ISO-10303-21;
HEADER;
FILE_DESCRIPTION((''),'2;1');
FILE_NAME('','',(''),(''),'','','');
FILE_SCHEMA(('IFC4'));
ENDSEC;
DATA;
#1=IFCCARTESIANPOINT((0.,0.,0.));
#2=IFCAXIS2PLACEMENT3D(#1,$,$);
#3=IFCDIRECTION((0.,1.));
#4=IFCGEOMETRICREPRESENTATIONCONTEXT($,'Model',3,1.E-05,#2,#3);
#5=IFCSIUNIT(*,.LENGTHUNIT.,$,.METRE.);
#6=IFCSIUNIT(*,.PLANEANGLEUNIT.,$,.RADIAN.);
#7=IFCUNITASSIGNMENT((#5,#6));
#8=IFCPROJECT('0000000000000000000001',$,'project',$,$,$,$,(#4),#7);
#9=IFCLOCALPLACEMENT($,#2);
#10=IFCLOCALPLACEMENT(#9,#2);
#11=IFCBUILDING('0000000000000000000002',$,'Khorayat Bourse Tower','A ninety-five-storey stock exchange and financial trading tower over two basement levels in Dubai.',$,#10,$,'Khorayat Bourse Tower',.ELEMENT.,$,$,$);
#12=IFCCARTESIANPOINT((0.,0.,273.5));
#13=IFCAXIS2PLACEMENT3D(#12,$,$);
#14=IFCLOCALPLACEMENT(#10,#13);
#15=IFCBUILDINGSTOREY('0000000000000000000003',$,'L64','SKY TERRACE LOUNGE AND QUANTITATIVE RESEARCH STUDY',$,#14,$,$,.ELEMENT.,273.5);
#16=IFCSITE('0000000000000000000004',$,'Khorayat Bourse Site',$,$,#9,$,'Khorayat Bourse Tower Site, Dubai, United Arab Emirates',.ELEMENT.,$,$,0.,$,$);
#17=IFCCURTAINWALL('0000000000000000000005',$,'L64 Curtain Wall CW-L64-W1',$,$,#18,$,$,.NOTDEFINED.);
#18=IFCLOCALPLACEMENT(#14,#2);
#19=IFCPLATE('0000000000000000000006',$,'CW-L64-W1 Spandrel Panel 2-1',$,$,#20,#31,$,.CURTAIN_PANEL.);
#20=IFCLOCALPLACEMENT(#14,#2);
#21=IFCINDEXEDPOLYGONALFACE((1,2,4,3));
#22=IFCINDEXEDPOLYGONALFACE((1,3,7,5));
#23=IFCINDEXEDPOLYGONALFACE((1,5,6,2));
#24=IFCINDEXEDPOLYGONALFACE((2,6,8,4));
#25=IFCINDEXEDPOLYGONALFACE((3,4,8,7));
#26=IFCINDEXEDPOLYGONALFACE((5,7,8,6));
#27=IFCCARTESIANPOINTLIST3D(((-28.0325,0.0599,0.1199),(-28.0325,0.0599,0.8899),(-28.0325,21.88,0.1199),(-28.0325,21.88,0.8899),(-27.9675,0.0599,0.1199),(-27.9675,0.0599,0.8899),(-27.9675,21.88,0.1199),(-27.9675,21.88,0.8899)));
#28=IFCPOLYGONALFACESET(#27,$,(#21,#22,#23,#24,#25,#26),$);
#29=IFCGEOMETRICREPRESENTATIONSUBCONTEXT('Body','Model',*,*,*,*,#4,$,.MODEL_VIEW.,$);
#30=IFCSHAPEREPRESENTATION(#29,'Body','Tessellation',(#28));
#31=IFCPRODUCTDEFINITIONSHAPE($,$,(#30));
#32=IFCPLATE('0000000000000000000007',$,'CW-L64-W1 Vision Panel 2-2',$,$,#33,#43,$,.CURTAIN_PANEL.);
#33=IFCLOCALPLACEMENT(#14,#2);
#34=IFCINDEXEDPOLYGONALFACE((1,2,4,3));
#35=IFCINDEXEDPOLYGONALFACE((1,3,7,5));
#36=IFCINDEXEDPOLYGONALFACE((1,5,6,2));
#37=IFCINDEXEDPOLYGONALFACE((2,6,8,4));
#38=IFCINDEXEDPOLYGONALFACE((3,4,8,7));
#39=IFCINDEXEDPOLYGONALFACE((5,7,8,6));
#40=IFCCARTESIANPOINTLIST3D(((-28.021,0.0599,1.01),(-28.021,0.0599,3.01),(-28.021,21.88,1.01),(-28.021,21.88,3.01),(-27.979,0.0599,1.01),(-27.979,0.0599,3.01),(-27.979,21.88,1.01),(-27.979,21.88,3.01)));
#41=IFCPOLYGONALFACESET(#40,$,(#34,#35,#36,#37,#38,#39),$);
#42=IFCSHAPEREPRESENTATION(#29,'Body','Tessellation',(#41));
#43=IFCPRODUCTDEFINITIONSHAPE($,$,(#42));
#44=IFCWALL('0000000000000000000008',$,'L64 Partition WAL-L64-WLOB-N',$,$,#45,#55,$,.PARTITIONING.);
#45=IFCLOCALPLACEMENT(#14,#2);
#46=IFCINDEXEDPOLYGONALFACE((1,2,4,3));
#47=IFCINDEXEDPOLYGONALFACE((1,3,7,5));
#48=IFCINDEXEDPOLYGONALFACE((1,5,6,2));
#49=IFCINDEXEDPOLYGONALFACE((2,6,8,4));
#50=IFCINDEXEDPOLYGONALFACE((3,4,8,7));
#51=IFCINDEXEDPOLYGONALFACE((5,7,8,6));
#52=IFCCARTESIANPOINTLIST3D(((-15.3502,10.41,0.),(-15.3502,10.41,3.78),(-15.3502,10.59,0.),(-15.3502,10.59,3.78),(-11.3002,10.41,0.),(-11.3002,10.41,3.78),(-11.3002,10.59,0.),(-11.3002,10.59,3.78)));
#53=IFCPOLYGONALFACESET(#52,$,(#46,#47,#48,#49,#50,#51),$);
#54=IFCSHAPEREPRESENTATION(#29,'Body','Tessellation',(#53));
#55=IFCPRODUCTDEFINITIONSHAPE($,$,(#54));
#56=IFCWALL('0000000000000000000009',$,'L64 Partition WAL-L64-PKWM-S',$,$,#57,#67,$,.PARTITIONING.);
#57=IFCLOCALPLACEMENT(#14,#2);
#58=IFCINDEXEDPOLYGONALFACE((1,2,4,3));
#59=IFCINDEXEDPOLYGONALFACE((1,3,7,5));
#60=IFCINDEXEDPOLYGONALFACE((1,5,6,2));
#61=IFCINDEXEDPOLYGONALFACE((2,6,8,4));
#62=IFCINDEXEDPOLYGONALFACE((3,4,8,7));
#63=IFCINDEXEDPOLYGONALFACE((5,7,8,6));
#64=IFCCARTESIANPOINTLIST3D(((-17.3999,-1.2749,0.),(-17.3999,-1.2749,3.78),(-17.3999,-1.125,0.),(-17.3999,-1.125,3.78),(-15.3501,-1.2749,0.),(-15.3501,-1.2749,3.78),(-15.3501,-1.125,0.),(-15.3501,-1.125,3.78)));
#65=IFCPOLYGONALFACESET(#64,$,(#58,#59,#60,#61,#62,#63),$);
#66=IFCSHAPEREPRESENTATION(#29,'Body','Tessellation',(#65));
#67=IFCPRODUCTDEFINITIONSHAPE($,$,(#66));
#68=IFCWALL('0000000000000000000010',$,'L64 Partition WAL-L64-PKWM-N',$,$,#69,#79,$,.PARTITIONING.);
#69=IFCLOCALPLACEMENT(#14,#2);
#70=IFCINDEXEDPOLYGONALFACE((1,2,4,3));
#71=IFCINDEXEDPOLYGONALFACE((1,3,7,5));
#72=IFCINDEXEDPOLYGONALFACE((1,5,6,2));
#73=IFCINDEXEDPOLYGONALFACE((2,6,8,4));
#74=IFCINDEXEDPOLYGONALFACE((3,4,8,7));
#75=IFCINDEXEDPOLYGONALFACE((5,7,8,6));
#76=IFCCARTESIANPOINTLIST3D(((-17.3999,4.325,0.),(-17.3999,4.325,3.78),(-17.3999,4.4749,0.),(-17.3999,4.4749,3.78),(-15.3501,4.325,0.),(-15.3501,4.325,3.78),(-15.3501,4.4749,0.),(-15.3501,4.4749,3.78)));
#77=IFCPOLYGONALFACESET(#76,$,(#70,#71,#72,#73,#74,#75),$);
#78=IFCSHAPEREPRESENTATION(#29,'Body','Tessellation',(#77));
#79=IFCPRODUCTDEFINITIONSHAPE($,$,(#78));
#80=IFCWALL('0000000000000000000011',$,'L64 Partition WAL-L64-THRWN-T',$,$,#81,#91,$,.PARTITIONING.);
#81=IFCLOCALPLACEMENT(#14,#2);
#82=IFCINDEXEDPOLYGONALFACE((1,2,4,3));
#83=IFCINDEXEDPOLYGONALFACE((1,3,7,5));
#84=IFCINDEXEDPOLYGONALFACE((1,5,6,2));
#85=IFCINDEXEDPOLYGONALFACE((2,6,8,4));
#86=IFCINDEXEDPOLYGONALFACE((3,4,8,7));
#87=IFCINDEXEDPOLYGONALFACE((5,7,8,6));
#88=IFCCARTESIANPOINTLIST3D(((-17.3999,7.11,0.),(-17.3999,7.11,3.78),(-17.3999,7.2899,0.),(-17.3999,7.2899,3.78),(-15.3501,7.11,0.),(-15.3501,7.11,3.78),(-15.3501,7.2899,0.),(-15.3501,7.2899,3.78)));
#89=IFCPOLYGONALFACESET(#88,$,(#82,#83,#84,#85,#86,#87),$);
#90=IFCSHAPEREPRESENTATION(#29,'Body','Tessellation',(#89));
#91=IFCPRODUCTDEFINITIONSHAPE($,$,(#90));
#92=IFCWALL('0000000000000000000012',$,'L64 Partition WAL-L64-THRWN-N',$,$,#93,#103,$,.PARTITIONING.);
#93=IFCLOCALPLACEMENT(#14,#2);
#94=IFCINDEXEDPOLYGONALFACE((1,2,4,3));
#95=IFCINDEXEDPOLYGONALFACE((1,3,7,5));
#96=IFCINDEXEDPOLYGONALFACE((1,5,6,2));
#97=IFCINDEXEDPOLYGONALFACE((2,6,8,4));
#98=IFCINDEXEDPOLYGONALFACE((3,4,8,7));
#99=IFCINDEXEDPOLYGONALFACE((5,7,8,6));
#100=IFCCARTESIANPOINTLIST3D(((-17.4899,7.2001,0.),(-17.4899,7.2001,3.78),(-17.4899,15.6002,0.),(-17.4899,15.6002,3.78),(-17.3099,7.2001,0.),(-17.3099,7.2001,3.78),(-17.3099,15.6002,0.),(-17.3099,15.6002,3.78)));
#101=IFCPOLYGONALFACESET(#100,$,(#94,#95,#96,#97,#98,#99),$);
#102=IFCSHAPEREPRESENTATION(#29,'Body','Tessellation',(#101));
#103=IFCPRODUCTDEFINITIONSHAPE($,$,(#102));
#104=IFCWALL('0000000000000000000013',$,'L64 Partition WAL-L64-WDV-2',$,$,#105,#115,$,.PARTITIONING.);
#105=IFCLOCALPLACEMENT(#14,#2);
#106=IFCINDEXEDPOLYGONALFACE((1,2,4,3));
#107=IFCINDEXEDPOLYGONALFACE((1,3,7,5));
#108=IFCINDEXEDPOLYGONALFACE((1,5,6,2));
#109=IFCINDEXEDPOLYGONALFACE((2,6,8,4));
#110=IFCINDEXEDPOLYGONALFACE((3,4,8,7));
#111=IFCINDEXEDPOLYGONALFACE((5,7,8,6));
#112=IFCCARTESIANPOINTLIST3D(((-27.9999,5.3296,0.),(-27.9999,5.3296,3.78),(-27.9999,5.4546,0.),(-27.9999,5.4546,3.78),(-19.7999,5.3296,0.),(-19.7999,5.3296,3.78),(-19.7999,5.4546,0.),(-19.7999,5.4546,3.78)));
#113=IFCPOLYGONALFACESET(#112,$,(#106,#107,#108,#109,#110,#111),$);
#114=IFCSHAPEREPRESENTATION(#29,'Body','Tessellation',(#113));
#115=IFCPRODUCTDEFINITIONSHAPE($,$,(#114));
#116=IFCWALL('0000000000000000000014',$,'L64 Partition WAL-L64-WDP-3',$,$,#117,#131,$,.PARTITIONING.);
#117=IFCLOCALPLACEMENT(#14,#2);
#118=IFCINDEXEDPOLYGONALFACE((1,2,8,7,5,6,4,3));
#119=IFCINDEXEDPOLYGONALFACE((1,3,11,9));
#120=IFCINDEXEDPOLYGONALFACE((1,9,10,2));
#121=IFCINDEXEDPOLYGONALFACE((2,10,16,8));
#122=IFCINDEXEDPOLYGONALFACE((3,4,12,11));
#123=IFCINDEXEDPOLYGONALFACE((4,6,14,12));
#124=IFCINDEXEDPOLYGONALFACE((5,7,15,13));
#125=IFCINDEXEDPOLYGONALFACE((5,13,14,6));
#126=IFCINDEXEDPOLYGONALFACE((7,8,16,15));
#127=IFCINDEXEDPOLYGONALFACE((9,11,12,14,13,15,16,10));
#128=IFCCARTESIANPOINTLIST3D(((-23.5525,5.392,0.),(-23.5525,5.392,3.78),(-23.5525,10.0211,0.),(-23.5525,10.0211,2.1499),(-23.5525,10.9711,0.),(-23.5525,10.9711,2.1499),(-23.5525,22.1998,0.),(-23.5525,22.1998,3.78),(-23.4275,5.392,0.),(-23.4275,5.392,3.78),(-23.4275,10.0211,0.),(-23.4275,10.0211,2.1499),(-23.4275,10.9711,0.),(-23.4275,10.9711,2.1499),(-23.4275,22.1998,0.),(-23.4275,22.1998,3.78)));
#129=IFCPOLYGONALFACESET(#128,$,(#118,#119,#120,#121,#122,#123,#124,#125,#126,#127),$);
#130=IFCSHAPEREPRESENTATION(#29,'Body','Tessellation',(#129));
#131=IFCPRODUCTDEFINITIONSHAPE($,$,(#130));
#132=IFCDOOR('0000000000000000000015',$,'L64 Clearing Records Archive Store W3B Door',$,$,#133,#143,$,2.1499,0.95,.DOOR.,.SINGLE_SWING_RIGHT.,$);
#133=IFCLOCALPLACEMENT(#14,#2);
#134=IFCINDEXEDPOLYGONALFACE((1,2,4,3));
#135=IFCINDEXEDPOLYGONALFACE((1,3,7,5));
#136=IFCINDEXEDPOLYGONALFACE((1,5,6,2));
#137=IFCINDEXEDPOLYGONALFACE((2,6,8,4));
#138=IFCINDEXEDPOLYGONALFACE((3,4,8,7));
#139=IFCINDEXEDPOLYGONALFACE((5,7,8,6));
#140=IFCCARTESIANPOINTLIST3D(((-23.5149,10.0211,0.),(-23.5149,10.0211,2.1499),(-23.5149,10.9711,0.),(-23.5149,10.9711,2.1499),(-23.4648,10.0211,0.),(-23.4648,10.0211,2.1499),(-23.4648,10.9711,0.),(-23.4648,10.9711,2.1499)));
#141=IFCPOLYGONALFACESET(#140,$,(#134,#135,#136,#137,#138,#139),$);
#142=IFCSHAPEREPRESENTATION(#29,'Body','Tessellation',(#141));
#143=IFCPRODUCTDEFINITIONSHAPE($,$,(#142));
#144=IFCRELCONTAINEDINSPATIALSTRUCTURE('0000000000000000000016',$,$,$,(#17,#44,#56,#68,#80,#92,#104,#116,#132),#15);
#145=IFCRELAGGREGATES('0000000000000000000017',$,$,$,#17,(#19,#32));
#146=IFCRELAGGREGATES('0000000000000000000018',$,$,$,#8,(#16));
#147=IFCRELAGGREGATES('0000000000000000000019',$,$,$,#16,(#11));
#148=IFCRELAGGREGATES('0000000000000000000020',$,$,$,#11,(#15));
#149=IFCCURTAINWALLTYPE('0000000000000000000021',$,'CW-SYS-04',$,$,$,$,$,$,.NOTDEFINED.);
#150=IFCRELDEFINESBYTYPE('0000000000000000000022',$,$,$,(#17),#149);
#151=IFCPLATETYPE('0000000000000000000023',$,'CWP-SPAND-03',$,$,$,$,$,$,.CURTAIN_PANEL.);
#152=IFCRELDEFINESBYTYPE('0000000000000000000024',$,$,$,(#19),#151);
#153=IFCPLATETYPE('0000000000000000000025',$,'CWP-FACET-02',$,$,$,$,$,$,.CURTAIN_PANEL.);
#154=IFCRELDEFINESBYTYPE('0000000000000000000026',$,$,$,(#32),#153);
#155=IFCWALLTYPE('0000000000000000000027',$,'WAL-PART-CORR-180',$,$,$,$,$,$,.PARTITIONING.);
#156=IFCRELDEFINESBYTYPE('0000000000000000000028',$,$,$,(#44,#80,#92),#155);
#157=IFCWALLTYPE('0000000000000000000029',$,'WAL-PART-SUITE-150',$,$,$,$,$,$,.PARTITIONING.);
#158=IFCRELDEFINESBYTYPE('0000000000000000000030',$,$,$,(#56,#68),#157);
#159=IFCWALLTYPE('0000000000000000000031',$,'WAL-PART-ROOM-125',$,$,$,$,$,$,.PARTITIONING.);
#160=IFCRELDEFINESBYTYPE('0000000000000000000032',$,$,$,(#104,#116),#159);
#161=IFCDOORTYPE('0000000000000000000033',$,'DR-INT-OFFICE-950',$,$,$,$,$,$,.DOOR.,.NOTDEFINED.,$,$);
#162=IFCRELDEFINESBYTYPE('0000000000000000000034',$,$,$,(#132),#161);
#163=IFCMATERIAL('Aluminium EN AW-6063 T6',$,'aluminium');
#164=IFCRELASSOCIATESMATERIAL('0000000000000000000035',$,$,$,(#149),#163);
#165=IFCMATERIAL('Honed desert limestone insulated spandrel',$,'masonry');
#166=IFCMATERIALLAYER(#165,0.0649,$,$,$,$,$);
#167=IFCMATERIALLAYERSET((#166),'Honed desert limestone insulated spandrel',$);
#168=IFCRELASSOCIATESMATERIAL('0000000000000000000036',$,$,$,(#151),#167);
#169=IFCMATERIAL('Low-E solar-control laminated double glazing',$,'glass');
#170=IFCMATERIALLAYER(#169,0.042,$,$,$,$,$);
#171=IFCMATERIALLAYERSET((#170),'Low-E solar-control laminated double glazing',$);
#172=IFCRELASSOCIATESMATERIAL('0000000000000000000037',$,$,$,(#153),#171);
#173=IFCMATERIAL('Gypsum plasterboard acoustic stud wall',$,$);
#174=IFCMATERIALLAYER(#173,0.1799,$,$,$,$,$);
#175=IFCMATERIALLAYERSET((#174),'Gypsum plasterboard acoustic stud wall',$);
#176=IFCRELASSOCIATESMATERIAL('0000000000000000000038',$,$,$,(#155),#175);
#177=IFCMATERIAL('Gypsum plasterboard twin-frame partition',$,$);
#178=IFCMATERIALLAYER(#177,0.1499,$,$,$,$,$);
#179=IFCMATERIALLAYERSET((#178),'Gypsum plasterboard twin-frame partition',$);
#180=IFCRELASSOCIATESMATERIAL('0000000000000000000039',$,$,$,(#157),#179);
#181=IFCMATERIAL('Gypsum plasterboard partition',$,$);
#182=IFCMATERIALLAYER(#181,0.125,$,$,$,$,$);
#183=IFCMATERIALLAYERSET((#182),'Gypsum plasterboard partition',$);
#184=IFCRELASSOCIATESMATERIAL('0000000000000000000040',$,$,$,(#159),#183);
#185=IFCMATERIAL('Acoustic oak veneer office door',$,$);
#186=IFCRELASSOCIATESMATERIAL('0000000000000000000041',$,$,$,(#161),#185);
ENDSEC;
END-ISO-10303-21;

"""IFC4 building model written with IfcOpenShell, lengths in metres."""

from ifc_helpers import new_model, si_unit, direction, frame, frame_2d, origin, origin_2d, place, context, subcontext, project, spatial, rectangle, extrude, source, transform, mapped, material, layer, layer_set, type_object, element, fill, aggregate, save


model = new_model("IFC4")

# Units and contexts
model_context = context("Model", 3, precision=1e-05, world=origin(), true_north=direction((0.0, 1.0)))
body_context = subcontext(model_context, "Body", "Model", "MODEL_VIEW")
ifc_project = project(units=[si_unit("LENGTHUNIT", "METRE"), si_unit("PLANEANGLEUNIT", "RADIAN")], contexts=[model_context])

# Site, building, storey
site_placement = place(None, origin())
site = spatial("IfcSite", under=ifc_project, at=site_placement, Name="Khorayat Bourse Site", LongName="Khorayat Bourse Tower Site, Dubai, United Arab Emirates", CompositionType="ELEMENT", RefElevation=0.0)
building_placement = place(site_placement, origin())
building = spatial("IfcBuilding", under=site, at=building_placement, Name="Khorayat Bourse Tower", Description="A ninety-five-storey stock exchange and financial trading tower over two basement levels in Dubai.", LongName="Khorayat Bourse Tower", CompositionType="ELEMENT")
storey_placement = place(building_placement, frame((0.0, 0.0, 273.5)))
storey = spatial("IfcBuildingStorey", under=building, at=storey_placement, Name="L64", Description="SKY TERRACE LOUNGE AND QUANTITATIVE RESEARCH STUDY", CompositionType="ELEMENT", Elevation=273.5)

# Curtain wall
ifc_material_1 = material(Name="Aluminium EN AW-6063 T6", Category="aluminium")
curtain_wall_type = type_object("IfcCurtainWallType", Name="CW-SYS-04", PredefinedType="NOTDEFINED", material=ifc_material_1)
curtain_wall_placement = place(storey_placement, origin())
curtain_wall = element("IfcCurtainWall", 1, at=curtain_wall_placement, inside=storey, type_object=curtain_wall_type, Name="L64 Curtain Wall CW-L64-W1", PredefinedType="NOTDEFINED")

# Plates
ifc_material_2 = material(Name="Honed desert limestone insulated spandrel", Category="masonry")
ifc_layer_1 = layer(ifc_material_2, 0.0649)
ifc_layer_set_1 = layer_set([ifc_layer_1], Name="Honed desert limestone insulated spandrel")
plate_type_1 = type_object("IfcPlateType", Name="CWP-SPAND-03", PredefinedType="CURTAIN_PANEL", material=ifc_layer_set_1)
shared_shape_1 = source(origin(), body_context, "Body", "SweptSolid", [
    extrude(rectangle(XDim=21.8201, YDim=0.0649, at=origin_2d()), origin(), (0.0, 0.0, 1.0), 0.77),
])
plate_1_placement = place(storey_placement, frame((-28.0, 10.97, 0.1199), z_axis=(0.0, 0.0, 1.0), x_axis=(0.0, 1.0, 0.0)))
plate_1 = element("IfcPlate", 2, at=plate_1_placement, type_object=plate_type_1, Name="CW-L64-W1 Spandrel Panel 2-1", PredefinedType="CURTAIN_PANEL", context=body_context, shape_type="MappedRepresentation", body=[
    mapped(shared_shape_1, transform((0.0, 0.0, 0.0), scale=1.0)),
])
ifc_material_3 = material(Name="Low-E solar-control laminated double glazing", Category="glass")
ifc_layer_2 = layer(ifc_material_3, 0.042)
ifc_layer_set_2 = layer_set([ifc_layer_2], Name="Low-E solar-control laminated double glazing")
plate_type_2 = type_object("IfcPlateType", Name="CWP-FACET-02", PredefinedType="CURTAIN_PANEL", material=ifc_layer_set_2)
shared_shape_2 = source(origin(), body_context, "Body", "SweptSolid", [
    extrude(rectangle(XDim=21.8201, YDim=0.042, at=origin_2d()), origin(), (0.0, 0.0, 1.0), 2.0),
])
plate_2_placement = place(storey_placement, frame((-28.0, 10.97, 1.01), z_axis=(0.0, 0.0, 1.0), x_axis=(0.0, 1.0, 0.0)))
plate_2 = element("IfcPlate", 3, at=plate_2_placement, type_object=plate_type_2, Name="CW-L64-W1 Vision Panel 2-2", PredefinedType="CURTAIN_PANEL", context=body_context, shape_type="MappedRepresentation", body=[
    mapped(shared_shape_2, transform((0.0, 0.0, 0.0), scale=1.0)),
])
aggregate(curtain_wall, [plate_1, plate_2])

# Walls
ifc_material_4 = material(Name="Gypsum plasterboard acoustic stud wall")
ifc_layer_3 = layer(ifc_material_4, 0.1799)
ifc_layer_set_3 = layer_set([ifc_layer_3], Name="Gypsum plasterboard acoustic stud wall")
wall_type_1 = type_object("IfcWallType", Name="WAL-PART-CORR-180", PredefinedType="PARTITIONING", material=ifc_layer_set_3)
shared_shape_3 = source(origin(), body_context, "Body", "SweptSolid", [
    extrude(rectangle(XDim=4.05, YDim=0.1799, at=frame_2d((2.0249, 0.0))), origin(), (0.0, 0.0, 1.0), 3.78),
])
wall_1_placement = place(storey_placement, frame((-15.3501, 10.5, 0.0), z_axis=(0.0, 0.0, 1.0), x_axis=(1.0, 0.0, 0.0)))
element("IfcWall", 4, at=wall_1_placement, inside=storey, type_object=wall_type_1, Name="L64 Partition WAL-L64-WLOB-N", PredefinedType="PARTITIONING", context=body_context, shape_type="MappedRepresentation", body=[
    mapped(shared_shape_3, transform((0.0, 0.0, 0.0), scale=1.0)),
])
ifc_material_5 = material(Name="Gypsum plasterboard twin-frame partition")
ifc_layer_4 = layer(ifc_material_5, 0.1499)
ifc_layer_set_4 = layer_set([ifc_layer_4], Name="Gypsum plasterboard twin-frame partition")
wall_type_2 = type_object("IfcWallType", Name="WAL-PART-SUITE-150", PredefinedType="PARTITIONING", material=ifc_layer_set_4)
shared_shape_4 = source(origin(), body_context, "Body", "SweptSolid", [
    extrude(rectangle(XDim=2.0498, YDim=0.1499, at=frame_2d((1.0249, 0.0))), origin(), (0.0, 0.0, 1.0), 3.78),
])
for number, where, z_axis, x_axis, name in (
    (5, (-17.3999, -1.2, 0.0), (0.0, 0.0, 1.0), (1.0, 0.0, 0.0), "L64 Partition WAL-L64-PKWM-S"),
    (6, (-17.3999, 4.3999, 0.0), (0.0, 0.0, 1.0), (1.0, 0.0, 0.0), "L64 Partition WAL-L64-PKWM-N"),
):
    element("IfcWall", number, at=place(storey_placement, frame(where, z_axis=z_axis, x_axis=x_axis)), inside=storey, type_object=wall_type_2, Name=name, PredefinedType="PARTITIONING", context=body_context, shape_type="MappedRepresentation", body=[
        mapped(shared_shape_4, transform((0.0, 0.0, 0.0), scale=1.0)),
    ])
shared_shape_5 = source(origin(), body_context, "Body", "SweptSolid", [
    extrude(rectangle(XDim=2.0498, YDim=0.1799, at=frame_2d((1.0249, 0.0))), origin(), (0.0, 0.0, 1.0), 3.78),
])
wall_2_placement = place(storey_placement, frame((-17.3999, 7.2, 0.0), z_axis=(0.0, 0.0, 1.0), x_axis=(1.0, 0.0, 0.0)))
element("IfcWall", 7, at=wall_2_placement, inside=storey, type_object=wall_type_1, Name="L64 Partition WAL-L64-THRWN-T", PredefinedType="PARTITIONING", context=body_context, shape_type="MappedRepresentation", body=[
    mapped(shared_shape_5, transform((0.0, 0.0, 0.0), scale=1.0)),
])
shared_shape_6 = source(origin(), body_context, "Body", "SweptSolid", [
    extrude(rectangle(XDim=8.4001, YDim=0.1799, at=frame_2d((4.2002, 0.0))), origin(), (0.0, 0.0, 1.0), 3.78),
])
wall_3_placement = place(storey_placement, frame((-17.3999, 7.2, 0.0), z_axis=(0.0, 0.0, 1.0), x_axis=(0.0, 1.0, 0.0)))
element("IfcWall", 8, at=wall_3_placement, inside=storey, type_object=wall_type_1, Name="L64 Partition WAL-L64-THRWN-N", PredefinedType="PARTITIONING", context=body_context, shape_type="MappedRepresentation", body=[
    mapped(shared_shape_6, transform((0.0, 0.0, 0.0), scale=1.0)),
])
ifc_material_6 = material(Name="Gypsum plasterboard partition")
ifc_layer_5 = layer(ifc_material_6, 0.125)
ifc_layer_set_5 = layer_set([ifc_layer_5], Name="Gypsum plasterboard partition")
wall_type_3 = type_object("IfcWallType", Name="WAL-PART-ROOM-125", PredefinedType="PARTITIONING", material=ifc_layer_set_5)
shared_shape_7 = source(origin(), body_context, "Body", "SweptSolid", [
    extrude(rectangle(XDim=8.2, YDim=0.125, at=frame_2d((4.1001, 0.0))), origin(), (0.0, 0.0, 1.0), 3.78),
])
wall_4_placement = place(storey_placement, frame((-28.0, 5.3921, 0.0), z_axis=(0.0, 0.0, 1.0), x_axis=(1.0, 0.0, 0.0)))
element("IfcWall", 9, at=wall_4_placement, inside=storey, type_object=wall_type_3, Name="L64 Partition WAL-L64-WDV-2", PredefinedType="PARTITIONING", context=body_context, shape_type="MappedRepresentation", body=[
    mapped(shared_shape_7, transform((0.0, 0.0, 0.0), scale=1.0)),
])

# Wall, opening, door
shared_shape_8 = source(origin(), body_context, "Body", "SweptSolid", [
    extrude(rectangle(XDim=16.8079, YDim=0.125, at=frame_2d((8.4038, 0.0))), origin(), (0.0, 0.0, 1.0), 3.78),
])
wall_5_placement = place(storey_placement, frame((-23.49, 5.3921, 0.0), z_axis=(0.0, 0.0, 1.0), x_axis=(0.0, 1.0, 0.0)))
wall_5 = element("IfcWall", 10, at=wall_5_placement, inside=storey, type_object=wall_type_3, Name="L64 Partition WAL-L64-WDP-3", PredefinedType="PARTITIONING", context=body_context, shape_type="MappedRepresentation", body=[
    mapped(shared_shape_8, transform((0.0, 0.0, 0.0), scale=1.0)),
])
shared_shape_9 = source(origin(), body_context, "Body", "SweptSolid", [
    extrude(rectangle(XDim=0.95, YDim=2.1499, at=frame_2d((0.4751, 1.075))), frame((0.0, 0.0725, 0.0), z_axis=(0.0, -1.0, 0.0), x_axis=(1.0, 0.0, 0.0)), (0.0, 0.0, 1.0), 0.145),
])
opening_placement = place(wall_5_placement, frame((4.6289, 0.0, 0.0)))
opening = element("IfcOpeningElement", 11, at=opening_placement, cuts=wall_5, PredefinedType="OPENING", context=body_context, shape_type="MappedRepresentation", body=[
    mapped(shared_shape_9, transform((0.0, 0.0, 0.0), scale=1.0)),
])
ifc_material_7 = material(Name="Acoustic oak veneer office door")
door_type = type_object("IfcDoorType", Name="DR-INT-OFFICE-950", OperationType="NOTDEFINED", PredefinedType="DOOR", material=ifc_material_7)
shared_shape_10 = source(origin(), body_context, "Body", "SweptSolid", [
    extrude(rectangle(XDim=0.95, YDim=2.1499, at=frame_2d((0.4751, 1.075))), frame((0.0, 0.0249, 0.0), z_axis=(0.0, -1.0, 0.0), x_axis=(1.0, 0.0, 0.0)), (0.0, 0.0, 1.0), 0.05),
])
door_placement = place(opening_placement, origin())
door = element("IfcDoor", 12, at=door_placement, inside=storey, type_object=door_type, Name="L64 Clearing Records Archive Store W3B Door", OperationType="SINGLE_SWING_RIGHT", OverallHeight=2.1499, OverallWidth=0.95, PredefinedType="DOOR", context=body_context, shape_type="MappedRepresentation", body=[
    mapped(shared_shape_10, transform((0.0, 0.0, 0.0), scale=1.0)),
])
fill(opening, door)

save(model, "model.ifc")
